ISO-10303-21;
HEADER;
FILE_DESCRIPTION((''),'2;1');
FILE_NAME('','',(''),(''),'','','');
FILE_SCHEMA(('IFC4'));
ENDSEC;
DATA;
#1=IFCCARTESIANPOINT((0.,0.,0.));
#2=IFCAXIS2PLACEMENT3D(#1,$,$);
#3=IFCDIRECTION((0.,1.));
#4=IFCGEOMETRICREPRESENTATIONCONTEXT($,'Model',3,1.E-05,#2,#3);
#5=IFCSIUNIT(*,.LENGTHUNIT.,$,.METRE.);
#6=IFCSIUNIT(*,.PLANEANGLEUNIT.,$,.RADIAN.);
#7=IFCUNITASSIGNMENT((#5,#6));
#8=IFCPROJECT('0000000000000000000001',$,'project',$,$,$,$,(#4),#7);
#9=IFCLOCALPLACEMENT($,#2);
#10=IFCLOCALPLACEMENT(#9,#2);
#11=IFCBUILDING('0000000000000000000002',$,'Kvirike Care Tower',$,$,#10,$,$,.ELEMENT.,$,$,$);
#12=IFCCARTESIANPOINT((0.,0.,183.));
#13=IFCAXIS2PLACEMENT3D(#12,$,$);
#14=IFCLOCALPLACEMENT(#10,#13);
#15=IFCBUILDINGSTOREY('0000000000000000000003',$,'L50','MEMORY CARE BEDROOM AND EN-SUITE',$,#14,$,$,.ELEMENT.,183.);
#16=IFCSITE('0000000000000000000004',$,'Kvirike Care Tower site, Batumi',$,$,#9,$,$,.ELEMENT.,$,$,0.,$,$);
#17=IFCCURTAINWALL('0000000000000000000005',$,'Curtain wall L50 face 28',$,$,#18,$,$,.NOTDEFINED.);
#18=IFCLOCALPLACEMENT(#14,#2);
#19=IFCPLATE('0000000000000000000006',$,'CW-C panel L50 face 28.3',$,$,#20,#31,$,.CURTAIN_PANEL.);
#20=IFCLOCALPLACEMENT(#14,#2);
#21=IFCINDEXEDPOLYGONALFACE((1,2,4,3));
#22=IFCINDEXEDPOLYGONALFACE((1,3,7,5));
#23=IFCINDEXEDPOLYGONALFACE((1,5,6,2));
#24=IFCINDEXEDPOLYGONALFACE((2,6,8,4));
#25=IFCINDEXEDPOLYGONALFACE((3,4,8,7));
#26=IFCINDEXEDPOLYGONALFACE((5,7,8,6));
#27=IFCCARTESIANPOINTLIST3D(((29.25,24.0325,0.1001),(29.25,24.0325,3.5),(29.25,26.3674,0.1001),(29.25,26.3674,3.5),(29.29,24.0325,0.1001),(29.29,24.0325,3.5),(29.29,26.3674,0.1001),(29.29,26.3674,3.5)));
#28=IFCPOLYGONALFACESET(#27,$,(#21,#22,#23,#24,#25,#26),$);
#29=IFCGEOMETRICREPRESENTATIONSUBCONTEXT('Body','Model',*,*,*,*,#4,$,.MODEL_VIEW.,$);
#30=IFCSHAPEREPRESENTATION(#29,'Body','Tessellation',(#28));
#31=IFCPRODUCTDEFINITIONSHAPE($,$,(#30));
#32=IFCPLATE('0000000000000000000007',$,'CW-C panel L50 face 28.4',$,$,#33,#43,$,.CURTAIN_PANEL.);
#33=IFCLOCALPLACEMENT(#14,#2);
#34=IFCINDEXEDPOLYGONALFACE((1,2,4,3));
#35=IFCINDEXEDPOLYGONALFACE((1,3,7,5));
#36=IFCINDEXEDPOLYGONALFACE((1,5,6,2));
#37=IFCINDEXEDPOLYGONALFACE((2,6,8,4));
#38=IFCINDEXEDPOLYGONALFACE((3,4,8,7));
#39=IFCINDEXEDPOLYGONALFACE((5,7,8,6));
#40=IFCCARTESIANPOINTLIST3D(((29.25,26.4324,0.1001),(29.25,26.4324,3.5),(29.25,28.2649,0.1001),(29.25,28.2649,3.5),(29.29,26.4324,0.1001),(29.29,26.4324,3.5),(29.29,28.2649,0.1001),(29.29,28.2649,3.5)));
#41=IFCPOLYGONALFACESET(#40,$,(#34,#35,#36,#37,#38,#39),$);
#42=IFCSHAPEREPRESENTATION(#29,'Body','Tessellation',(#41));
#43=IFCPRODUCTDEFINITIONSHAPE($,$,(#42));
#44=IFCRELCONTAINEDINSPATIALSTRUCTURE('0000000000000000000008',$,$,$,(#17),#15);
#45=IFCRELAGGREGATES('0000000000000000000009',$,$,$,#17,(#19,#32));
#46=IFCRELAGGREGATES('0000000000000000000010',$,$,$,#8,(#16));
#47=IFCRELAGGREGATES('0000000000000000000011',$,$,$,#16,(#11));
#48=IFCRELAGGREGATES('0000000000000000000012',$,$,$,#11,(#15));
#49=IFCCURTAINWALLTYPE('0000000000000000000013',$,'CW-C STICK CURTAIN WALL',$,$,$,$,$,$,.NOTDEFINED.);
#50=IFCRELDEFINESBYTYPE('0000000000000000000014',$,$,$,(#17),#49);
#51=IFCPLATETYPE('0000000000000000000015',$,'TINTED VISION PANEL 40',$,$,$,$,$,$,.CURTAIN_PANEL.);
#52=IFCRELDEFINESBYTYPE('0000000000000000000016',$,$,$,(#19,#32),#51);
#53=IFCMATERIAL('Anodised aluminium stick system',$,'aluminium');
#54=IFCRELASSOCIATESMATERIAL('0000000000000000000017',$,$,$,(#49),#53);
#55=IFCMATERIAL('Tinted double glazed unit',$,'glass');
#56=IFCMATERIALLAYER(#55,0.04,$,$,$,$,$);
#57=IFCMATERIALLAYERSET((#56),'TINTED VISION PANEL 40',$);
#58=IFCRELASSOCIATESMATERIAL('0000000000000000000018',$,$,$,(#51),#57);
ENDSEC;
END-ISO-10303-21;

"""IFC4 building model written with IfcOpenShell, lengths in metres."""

from ifc_helpers import new_model, si_unit, direction, frame, origin, origin_2d, place, context, subcontext, project, spatial, rectangle, extrude, material, layer, layer_set, type_object, element, aggregate, save


model = new_model("IFC4")

# Units and contexts
model_context = context("Model", 3, precision=1e-05, world=origin(), true_north=direction((0.0, 1.0)))
body_context = subcontext(model_context, "Body", "Model", "MODEL_VIEW")
ifc_project = project(units=[si_unit("LENGTHUNIT", "METRE"), si_unit("PLANEANGLEUNIT", "RADIAN")], contexts=[model_context])

# Site, building, storey
site_placement = place(None, origin())
site = spatial("IfcSite", under=ifc_project, at=site_placement, Name="Kvirike Care Tower site, Batumi", CompositionType="ELEMENT", RefElevation=0.0)
building_placement = place(site_placement, origin())
building = spatial("IfcBuilding", under=site, at=building_placement, Name="Kvirike Care Tower", CompositionType="ELEMENT")
storey_placement = place(building_placement, frame((0.0, 0.0, 183.0)))
storey = spatial("IfcBuildingStorey", under=building, at=storey_placement, Name="L50", Description="MEMORY CARE BEDROOM AND EN-SUITE", CompositionType="ELEMENT", Elevation=183.0)

# Curtain wall
ifc_material_1 = material(Name="Anodised aluminium stick system", Category="aluminium")
curtain_wall_type = type_object("IfcCurtainWallType", Name="CW-C STICK CURTAIN WALL", PredefinedType="NOTDEFINED", material=ifc_material_1)
curtain_wall_1_placement = place(storey_placement, origin())
curtain_wall_1 = element("IfcCurtainWall", 1, at=curtain_wall_1_placement, inside=storey, type_object=curtain_wall_type, Name="Curtain wall L50 face 28", PredefinedType="NOTDEFINED")

# Plates
ifc_material_2 = material(Name="Tinted double glazed unit", Category="glass")
ifc_layer = layer(ifc_material_2, 0.04)
ifc_layer_set = layer_set([ifc_layer], Name="TINTED VISION PANEL 40")
plate_type = type_object("IfcPlateType", Name="TINTED VISION PANEL 40", PredefinedType="CURTAIN_PANEL", material=ifc_layer_set)
plate_1_placement = place(storey_placement, frame((29.27, 25.2, 0.1001), z_axis=(0.0, 0.0, 1.0), x_axis=(0.0, 1.0, 0.0)))
plate_1 = element("IfcPlate", 2, at=plate_1_placement, type_object=plate_type, Name="CW-C panel L50 face 28.3", PredefinedType="CURTAIN_PANEL", context=body_context, shape_type="SweptSolid", body=[
    extrude(rectangle(XDim=2.335, YDim=0.04, at=origin_2d()), origin(), (0.0, 0.0, 1.0), 3.3999),
])
plate_2_placement = place(storey_placement, frame((29.27, 27.3486, 0.1001), z_axis=(0.0, 0.0, 1.0), x_axis=(0.0, 1.0, 0.0)))
plate_2 = element("IfcPlate", 3, at=plate_2_placement, type_object=plate_type, Name="CW-C panel L50 face 28.4", PredefinedType="CURTAIN_PANEL", context=body_context, shape_type="SweptSolid", body=[
    extrude(rectangle(XDim=1.8325, YDim=0.04, at=origin_2d()), origin(), (0.0, 0.0, 1.0), 3.3999),
])
aggregate(curtain_wall_1, [plate_1, plate_2])

save(model, "model.ifc")
